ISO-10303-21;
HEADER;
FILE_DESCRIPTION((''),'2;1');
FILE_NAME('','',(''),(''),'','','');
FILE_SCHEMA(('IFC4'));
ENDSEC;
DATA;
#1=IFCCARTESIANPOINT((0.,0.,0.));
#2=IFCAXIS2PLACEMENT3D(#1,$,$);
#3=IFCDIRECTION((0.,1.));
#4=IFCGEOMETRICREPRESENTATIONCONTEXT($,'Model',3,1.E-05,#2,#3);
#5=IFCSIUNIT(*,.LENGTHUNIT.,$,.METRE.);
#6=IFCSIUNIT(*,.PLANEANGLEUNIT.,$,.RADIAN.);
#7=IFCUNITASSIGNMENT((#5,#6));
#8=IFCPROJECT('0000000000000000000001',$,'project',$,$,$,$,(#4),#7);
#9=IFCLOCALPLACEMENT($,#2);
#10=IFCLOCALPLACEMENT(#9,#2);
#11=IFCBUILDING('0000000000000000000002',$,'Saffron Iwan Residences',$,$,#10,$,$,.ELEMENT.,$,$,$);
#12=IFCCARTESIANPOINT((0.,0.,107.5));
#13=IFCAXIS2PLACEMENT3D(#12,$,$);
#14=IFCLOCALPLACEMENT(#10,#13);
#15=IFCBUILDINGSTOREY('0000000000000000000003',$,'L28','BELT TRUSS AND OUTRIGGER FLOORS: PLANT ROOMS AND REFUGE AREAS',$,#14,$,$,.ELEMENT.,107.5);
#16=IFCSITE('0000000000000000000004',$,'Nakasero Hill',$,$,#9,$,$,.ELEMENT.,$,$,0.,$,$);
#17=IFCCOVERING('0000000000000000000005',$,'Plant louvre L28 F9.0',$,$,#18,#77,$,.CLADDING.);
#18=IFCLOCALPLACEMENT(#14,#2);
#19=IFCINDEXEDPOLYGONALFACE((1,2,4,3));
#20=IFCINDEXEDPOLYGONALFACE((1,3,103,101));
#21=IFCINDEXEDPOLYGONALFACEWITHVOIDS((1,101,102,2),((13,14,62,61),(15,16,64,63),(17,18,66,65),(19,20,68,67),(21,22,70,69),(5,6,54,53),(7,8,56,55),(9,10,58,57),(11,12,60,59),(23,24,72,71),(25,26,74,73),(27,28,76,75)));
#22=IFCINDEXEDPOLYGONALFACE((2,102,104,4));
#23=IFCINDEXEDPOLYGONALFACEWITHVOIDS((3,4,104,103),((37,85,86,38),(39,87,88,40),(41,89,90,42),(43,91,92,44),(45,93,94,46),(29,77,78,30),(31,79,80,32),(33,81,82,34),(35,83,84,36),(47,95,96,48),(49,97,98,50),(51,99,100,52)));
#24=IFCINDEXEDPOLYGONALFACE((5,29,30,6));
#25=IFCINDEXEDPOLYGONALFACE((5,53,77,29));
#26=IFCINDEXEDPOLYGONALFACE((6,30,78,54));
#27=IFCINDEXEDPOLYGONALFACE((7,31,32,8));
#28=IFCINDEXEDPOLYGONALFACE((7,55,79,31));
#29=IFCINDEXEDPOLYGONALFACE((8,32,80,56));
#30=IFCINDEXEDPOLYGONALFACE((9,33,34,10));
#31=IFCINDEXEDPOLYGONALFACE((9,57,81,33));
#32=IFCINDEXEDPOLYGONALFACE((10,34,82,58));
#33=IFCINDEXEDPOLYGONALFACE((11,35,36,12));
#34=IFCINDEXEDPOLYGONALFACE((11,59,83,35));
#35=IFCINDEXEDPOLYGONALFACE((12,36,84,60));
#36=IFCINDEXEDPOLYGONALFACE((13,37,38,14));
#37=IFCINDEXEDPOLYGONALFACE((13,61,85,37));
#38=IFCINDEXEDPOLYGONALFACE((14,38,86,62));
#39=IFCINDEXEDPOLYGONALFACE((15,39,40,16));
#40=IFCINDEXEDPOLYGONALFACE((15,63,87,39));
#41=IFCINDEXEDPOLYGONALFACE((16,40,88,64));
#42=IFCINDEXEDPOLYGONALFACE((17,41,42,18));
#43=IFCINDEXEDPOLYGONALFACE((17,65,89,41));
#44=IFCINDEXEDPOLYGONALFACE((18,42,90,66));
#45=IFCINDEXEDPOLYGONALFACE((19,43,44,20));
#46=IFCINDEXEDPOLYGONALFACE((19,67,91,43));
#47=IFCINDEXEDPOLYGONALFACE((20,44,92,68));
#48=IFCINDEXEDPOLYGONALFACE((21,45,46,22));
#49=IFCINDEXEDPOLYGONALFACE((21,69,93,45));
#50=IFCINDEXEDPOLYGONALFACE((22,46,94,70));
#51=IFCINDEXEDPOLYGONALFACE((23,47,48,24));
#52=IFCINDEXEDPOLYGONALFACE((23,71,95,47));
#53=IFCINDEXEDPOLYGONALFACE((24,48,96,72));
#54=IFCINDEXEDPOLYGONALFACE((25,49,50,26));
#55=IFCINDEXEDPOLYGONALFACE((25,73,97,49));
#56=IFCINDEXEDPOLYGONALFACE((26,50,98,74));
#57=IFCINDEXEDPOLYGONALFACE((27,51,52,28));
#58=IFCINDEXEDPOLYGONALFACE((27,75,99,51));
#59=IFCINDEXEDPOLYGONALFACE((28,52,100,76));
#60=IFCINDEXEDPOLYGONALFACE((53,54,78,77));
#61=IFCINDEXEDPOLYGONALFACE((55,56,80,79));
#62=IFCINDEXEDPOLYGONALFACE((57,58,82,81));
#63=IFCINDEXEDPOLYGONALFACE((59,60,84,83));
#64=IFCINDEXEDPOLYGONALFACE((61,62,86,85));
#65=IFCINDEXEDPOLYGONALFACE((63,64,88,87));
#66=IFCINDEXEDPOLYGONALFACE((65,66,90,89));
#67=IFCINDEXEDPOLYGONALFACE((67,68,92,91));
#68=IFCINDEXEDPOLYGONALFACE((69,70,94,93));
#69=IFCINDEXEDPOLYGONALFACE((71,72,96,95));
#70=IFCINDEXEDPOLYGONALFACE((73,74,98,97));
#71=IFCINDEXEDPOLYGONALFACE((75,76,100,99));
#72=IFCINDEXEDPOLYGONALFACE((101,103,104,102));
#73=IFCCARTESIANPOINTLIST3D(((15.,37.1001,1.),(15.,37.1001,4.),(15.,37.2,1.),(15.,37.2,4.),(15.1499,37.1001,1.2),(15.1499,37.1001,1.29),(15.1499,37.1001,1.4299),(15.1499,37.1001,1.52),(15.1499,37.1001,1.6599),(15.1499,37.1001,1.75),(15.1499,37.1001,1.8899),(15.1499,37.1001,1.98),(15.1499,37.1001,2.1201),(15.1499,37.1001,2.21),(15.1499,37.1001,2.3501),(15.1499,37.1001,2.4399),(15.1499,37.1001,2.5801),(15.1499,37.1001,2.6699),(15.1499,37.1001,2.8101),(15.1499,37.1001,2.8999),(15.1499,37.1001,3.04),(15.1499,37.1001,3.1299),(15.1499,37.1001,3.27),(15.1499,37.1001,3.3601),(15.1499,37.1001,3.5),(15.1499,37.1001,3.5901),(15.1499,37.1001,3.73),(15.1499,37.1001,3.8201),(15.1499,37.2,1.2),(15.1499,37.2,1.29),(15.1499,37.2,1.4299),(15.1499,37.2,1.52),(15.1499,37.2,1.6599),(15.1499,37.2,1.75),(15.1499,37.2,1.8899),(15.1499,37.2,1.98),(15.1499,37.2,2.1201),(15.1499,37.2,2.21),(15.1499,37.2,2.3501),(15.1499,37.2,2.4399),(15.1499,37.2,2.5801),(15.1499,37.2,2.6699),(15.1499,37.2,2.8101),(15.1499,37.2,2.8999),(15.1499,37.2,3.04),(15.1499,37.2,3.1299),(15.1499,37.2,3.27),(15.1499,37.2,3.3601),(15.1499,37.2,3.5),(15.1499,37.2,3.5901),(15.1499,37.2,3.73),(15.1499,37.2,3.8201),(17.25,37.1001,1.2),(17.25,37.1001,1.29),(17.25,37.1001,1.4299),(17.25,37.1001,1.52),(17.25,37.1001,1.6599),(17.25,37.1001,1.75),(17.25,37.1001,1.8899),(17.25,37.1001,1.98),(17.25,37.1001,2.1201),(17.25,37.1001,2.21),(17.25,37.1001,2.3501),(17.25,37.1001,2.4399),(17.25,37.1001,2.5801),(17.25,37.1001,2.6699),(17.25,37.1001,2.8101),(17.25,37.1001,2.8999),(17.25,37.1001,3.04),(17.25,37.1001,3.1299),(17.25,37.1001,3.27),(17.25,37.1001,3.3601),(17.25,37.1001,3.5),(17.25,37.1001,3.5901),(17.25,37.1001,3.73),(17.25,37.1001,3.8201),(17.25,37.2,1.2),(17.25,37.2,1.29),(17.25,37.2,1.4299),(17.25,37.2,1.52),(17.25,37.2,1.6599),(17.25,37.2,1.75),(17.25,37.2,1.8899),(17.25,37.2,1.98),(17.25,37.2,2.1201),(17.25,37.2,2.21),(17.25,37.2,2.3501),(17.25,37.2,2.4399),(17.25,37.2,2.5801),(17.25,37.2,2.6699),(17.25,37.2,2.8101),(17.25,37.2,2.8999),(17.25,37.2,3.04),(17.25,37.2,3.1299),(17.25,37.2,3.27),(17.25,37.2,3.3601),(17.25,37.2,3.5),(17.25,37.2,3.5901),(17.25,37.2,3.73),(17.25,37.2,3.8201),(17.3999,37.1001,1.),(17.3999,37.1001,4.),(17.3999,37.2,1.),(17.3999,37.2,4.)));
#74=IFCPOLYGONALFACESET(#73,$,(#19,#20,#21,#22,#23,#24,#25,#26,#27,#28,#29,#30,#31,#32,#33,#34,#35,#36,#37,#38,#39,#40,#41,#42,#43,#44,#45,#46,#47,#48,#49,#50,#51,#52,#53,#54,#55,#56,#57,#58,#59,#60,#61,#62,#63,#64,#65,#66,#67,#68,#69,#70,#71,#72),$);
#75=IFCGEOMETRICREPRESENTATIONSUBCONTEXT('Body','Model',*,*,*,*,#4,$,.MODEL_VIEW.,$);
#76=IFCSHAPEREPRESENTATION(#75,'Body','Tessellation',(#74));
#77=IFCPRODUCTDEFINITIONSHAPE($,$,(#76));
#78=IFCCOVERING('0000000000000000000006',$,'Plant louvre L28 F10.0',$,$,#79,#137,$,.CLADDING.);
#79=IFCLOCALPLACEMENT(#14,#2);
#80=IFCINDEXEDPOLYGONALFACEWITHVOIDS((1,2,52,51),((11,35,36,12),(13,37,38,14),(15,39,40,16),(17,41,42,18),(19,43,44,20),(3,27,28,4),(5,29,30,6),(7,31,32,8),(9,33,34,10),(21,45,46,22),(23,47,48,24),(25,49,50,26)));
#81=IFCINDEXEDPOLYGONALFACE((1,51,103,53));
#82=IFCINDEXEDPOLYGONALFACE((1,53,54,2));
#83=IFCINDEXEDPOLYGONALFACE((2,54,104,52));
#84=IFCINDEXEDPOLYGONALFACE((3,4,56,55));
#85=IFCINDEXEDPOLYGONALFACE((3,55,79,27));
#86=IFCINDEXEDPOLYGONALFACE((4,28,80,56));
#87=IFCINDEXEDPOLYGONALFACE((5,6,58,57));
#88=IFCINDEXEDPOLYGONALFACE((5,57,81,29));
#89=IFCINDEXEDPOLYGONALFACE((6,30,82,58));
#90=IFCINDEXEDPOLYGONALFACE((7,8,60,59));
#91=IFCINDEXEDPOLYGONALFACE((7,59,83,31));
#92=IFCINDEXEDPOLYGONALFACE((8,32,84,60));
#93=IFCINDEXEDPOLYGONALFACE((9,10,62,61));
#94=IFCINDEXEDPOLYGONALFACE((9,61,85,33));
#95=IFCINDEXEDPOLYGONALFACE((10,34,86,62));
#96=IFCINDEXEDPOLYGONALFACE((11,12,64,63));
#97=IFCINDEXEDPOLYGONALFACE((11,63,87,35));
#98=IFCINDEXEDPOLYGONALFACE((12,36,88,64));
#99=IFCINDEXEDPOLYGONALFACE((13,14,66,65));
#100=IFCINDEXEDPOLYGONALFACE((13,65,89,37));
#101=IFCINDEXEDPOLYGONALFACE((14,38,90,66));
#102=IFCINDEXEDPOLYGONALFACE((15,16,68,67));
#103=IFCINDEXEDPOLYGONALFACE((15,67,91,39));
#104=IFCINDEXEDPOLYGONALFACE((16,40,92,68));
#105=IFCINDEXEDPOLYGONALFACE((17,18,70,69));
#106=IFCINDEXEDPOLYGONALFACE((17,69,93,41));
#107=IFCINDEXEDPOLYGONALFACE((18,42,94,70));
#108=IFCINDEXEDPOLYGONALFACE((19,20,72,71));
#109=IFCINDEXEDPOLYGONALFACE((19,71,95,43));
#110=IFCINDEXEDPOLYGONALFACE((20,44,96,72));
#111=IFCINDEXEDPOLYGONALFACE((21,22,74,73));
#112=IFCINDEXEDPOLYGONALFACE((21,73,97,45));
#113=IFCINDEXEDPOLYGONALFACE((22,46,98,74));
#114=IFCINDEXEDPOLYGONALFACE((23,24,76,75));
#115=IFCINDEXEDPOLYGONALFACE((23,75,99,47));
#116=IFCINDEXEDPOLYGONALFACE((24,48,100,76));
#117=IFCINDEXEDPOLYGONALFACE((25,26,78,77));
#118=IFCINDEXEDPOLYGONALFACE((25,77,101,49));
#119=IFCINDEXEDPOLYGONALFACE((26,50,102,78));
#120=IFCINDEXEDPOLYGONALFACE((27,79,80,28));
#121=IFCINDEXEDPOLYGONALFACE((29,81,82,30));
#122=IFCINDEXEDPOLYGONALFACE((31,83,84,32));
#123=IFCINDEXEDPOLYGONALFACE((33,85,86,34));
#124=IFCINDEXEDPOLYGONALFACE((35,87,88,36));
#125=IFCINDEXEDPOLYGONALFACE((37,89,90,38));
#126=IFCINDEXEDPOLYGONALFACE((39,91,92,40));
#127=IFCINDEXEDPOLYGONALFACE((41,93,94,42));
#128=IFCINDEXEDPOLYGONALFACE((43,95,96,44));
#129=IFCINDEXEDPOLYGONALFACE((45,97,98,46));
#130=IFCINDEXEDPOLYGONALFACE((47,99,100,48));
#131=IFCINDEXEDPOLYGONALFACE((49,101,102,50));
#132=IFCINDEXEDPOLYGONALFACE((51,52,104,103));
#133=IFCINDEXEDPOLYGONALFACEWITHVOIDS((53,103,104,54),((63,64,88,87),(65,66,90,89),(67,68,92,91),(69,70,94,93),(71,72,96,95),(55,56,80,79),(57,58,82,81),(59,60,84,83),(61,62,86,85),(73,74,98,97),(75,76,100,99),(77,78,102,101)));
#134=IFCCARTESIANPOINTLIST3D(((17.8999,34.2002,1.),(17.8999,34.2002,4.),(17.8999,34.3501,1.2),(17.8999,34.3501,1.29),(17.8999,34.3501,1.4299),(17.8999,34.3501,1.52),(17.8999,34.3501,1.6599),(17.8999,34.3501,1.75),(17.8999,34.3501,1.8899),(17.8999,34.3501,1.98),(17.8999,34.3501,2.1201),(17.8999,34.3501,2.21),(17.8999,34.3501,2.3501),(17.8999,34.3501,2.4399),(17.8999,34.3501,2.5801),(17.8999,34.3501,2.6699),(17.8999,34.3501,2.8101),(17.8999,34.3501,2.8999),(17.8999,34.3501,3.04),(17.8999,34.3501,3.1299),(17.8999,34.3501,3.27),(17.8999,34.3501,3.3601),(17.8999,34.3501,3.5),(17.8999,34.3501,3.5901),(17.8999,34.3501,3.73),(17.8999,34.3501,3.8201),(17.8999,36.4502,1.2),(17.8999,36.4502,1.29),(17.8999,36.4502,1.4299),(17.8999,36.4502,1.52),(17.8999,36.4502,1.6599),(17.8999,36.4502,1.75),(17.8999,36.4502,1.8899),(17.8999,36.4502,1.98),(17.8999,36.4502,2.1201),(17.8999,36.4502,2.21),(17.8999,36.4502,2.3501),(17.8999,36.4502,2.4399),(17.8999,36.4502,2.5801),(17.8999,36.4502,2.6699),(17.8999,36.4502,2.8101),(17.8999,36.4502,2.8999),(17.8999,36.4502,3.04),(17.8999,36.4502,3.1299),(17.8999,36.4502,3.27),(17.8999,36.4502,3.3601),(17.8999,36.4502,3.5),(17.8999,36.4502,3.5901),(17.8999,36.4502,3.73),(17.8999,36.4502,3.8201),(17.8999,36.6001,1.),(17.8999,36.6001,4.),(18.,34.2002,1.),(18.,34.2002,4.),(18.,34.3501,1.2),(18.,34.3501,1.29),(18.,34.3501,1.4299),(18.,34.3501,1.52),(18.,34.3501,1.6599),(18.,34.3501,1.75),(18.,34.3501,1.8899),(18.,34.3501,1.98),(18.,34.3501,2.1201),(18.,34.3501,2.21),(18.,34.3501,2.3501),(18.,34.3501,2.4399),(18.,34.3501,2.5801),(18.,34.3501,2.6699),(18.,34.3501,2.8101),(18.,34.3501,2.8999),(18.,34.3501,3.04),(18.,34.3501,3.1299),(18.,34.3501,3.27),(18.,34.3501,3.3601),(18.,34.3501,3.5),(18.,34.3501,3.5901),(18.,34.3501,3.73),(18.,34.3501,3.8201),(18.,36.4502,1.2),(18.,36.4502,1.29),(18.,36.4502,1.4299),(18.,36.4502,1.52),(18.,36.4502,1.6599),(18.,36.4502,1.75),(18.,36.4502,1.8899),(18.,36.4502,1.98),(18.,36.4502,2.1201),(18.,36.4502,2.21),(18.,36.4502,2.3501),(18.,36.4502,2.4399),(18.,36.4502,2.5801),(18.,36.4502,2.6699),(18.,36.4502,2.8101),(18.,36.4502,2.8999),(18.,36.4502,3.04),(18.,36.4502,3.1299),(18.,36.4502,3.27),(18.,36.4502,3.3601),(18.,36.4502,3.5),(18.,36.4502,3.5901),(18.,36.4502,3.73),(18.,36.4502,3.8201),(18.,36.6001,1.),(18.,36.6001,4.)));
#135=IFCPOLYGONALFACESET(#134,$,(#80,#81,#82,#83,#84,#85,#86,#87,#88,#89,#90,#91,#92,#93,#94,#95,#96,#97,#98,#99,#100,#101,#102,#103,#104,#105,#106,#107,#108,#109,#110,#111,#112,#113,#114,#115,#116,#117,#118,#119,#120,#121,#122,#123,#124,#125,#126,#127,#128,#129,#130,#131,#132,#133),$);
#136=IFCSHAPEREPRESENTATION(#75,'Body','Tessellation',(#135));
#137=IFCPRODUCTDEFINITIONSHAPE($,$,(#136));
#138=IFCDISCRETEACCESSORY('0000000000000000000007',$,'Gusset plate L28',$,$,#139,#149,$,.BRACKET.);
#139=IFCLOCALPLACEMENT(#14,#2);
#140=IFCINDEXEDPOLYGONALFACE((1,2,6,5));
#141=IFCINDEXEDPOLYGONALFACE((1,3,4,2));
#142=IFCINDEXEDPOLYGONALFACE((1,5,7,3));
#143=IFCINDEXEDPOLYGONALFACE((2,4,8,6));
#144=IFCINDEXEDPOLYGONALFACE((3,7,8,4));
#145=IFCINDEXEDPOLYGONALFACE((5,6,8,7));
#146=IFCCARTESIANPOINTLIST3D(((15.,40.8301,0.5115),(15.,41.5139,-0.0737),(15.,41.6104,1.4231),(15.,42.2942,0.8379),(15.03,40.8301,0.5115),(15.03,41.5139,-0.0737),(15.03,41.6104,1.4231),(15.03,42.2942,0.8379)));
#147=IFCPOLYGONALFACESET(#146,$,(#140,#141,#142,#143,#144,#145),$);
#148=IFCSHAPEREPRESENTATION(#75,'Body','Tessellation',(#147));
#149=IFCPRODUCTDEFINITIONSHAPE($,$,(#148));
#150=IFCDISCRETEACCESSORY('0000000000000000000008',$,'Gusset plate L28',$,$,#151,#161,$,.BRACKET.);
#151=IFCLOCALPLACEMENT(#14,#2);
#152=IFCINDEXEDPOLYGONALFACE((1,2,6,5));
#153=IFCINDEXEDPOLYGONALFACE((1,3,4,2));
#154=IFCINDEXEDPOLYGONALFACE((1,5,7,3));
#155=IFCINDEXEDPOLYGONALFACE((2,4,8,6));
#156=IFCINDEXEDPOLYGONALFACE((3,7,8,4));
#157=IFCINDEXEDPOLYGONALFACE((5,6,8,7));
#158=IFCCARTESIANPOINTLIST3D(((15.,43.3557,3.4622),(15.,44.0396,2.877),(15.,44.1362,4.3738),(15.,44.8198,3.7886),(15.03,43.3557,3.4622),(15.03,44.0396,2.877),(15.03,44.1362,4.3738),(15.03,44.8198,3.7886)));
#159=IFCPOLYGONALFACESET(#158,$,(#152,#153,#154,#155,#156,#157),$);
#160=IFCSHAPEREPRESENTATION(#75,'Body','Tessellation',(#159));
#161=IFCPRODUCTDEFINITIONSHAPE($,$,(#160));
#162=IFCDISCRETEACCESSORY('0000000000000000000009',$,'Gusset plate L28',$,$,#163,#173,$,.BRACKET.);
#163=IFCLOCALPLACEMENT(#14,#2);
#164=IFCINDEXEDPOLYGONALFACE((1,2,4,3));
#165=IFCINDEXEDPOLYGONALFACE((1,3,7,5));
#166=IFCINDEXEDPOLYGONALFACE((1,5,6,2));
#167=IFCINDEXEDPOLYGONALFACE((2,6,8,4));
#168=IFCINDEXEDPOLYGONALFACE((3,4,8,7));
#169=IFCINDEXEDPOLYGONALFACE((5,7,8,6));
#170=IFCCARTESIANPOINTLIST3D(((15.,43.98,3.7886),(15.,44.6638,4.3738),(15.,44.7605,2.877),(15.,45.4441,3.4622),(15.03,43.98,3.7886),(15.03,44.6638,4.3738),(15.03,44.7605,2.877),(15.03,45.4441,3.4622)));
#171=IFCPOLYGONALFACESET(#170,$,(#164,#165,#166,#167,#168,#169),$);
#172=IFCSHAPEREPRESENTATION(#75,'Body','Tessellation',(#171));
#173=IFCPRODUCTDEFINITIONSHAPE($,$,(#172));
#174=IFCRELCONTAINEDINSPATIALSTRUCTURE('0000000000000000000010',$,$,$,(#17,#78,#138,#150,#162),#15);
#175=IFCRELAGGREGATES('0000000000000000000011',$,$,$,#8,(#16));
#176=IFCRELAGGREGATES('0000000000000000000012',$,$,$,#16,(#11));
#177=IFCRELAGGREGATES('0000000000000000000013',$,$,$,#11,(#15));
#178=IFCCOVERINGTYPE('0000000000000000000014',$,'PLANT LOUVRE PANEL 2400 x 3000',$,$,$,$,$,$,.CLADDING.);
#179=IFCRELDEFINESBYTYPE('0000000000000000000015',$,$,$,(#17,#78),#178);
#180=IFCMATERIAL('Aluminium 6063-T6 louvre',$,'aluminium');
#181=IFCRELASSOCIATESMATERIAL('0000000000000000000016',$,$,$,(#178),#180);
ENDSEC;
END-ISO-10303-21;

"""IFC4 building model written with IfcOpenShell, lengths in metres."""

from ifc_helpers import new_model, si_unit, direction, frame, origin, place, context, subcontext, project, spatial, polyline, outline, extrude, material, type_object, element, save


model = new_model("IFC4")

# Units and contexts
model_context = context("Model", 3, precision=1e-05, world=origin(), true_north=direction((0.0, 1.0)))
body_context = subcontext(model_context, "Body", "Model", "MODEL_VIEW")
ifc_project = project(units=[si_unit("LENGTHUNIT", "METRE"), si_unit("PLANEANGLEUNIT", "RADIAN")], contexts=[model_context])

# Site, building, storey
site_placement = place(None, origin())
site = spatial("IfcSite", under=ifc_project, at=site_placement, Name="Nakasero Hill", CompositionType="ELEMENT", RefElevation=0.0)
building_placement = place(site_placement, origin())
building = spatial("IfcBuilding", under=site, at=building_placement, Name="Saffron Iwan Residences", CompositionType="ELEMENT")
storey_placement = place(building_placement, frame((0.0, 0.0, 107.5)))
storey = spatial("IfcBuildingStorey", under=building, at=storey_placement, Name="L28", Description="BELT TRUSS AND OUTRIGGER FLOORS: PLANT ROOMS AND REFUGE AREAS", CompositionType="ELEMENT", Elevation=107.5)

# Coverings
ifc_material_1 = material(Name="Aluminium 6063-T6 louvre", Category="aluminium")
covering_type_1 = type_object("IfcCoveringType", Name="PLANT LOUVRE PANEL 2400 x 3000", PredefinedType="CLADDING", material=ifc_material_1)
covering_1_placement = place(storey_placement, frame((15.0, 37.2, 1.0), z_axis=(0.0, -1.0, 0.0), x_axis=(1.0, 0.0, 0.0)))
element("IfcCovering", 1, at=covering_1_placement, inside=storey, type_object=covering_type_1, Name="Plant louvre L28 F9.0", PredefinedType="CLADDING", context=body_context, shape_type="SweptSolid", body=[
    extrude(outline(polyline([(0.0, 0.0), (2.3999, 0.0), (2.3999, 3.0), (0.0, 3.0), (0.0, 0.0)]), holes=[polyline([(0.1499, 0.2), (2.25, 0.2), (2.25, 0.29), (0.1499, 0.29), (0.1499, 0.2)]), polyline([(0.1499, 0.4299), (2.25, 0.4299), (2.25, 0.52), (0.1499, 0.52), (0.1499, 0.4299)]), polyline([(0.1499, 0.6599), (2.25, 0.6599), (2.25, 0.75), (0.1499, 0.75), (0.1499, 0.6599)]), polyline([(0.1499, 0.8899), (2.25, 0.8899), (2.25, 0.98), (0.1499, 0.98), (0.1499, 0.8899)]), polyline([(0.1499, 1.1201), (2.25, 1.1201), (2.25, 1.21), (0.1499, 1.21), (0.1499, 1.1201)]), polyline([(0.1499, 1.3501), (2.25, 1.3501), (2.25, 1.4399), (0.1499, 1.4399), (0.1499, 1.3501)]), polyline([(0.1499, 1.5801), (2.25, 1.5801), (2.25, 1.6699), (0.1499, 1.6699), (0.1499, 1.5801)]), polyline([(0.1499, 1.8101), (2.25, 1.8101), (2.25, 1.8999), (0.1499, 1.8999), (0.1499, 1.8101)]), polyline([(0.1499, 2.04), (2.25, 2.04), (2.25, 2.1299), (0.1499, 2.1299), (0.1499, 2.04)]), polyline([(0.1499, 2.27), (2.25, 2.27), (2.25, 2.3601), (0.1499, 2.3601), (0.1499, 2.27)]), polyline([(0.1499, 2.5), (2.25, 2.5), (2.25, 2.5901), (0.1499, 2.5901), (0.1499, 2.5)]), polyline([(0.1499, 2.73), (2.25, 2.73), (2.25, 2.8201), (0.1499, 2.8201), (0.1499, 2.73)])]), origin(), (0.0, 0.0, 1.0), 0.0999),
])
covering_2_placement = place(storey_placement, frame((18.0, 36.6001, 1.0), z_axis=(-1.0, 0.0, 0.0), x_axis=(0.0, -1.0, 0.0)))
element("IfcCovering", 2, at=covering_2_placement, inside=storey, type_object=covering_type_1, Name="Plant louvre L28 F10.0", PredefinedType="CLADDING", context=body_context, shape_type="SweptSolid", body=[
    extrude(outline(polyline([(0.0, 0.0), (2.3999, 0.0), (2.3999, 3.0), (0.0, 3.0), (0.0, 0.0)]), holes=[polyline([(0.1499, 0.2), (2.25, 0.2), (2.25, 0.29), (0.1499, 0.29), (0.1499, 0.2)]), polyline([(0.1499, 0.4299), (2.25, 0.4299), (2.25, 0.52), (0.1499, 0.52), (0.1499, 0.4299)]), polyline([(0.1499, 0.6599), (2.25, 0.6599), (2.25, 0.75), (0.1499, 0.75), (0.1499, 0.6599)]), polyline([(0.1499, 0.8899), (2.25, 0.8899), (2.25, 0.98), (0.1499, 0.98), (0.1499, 0.8899)]), polyline([(0.1499, 1.1201), (2.25, 1.1201), (2.25, 1.21), (0.1499, 1.21), (0.1499, 1.1201)]), polyline([(0.1499, 1.3501), (2.25, 1.3501), (2.25, 1.4399), (0.1499, 1.4399), (0.1499, 1.3501)]), polyline([(0.1499, 1.5801), (2.25, 1.5801), (2.25, 1.6699), (0.1499, 1.6699), (0.1499, 1.5801)]), polyline([(0.1499, 1.8101), (2.25, 1.8101), (2.25, 1.8999), (0.1499, 1.8999), (0.1499, 1.8101)]), polyline([(0.1499, 2.04), (2.25, 2.04), (2.25, 2.1299), (0.1499, 2.1299), (0.1499, 2.04)]), polyline([(0.1499, 2.27), (2.25, 2.27), (2.25, 2.3601), (0.1499, 2.3601), (0.1499, 2.27)]), polyline([(0.1499, 2.5), (2.25, 2.5), (2.25, 2.5901), (0.1499, 2.5901), (0.1499, 2.5)]), polyline([(0.1499, 2.73), (2.25, 2.73), (2.25, 2.8201), (0.1499, 2.8201), (0.1499, 2.73)])]), origin(), (0.0, 0.0, 1.0), 0.1001),
])

# Discrete accessories
discrete_accessory_1_placement = place(storey_placement, frame((15.0, 40.8301, 0.5115), z_axis=(-1.0, 0.0, 0.0), x_axis=(0.0, 0.650255, 0.759716)))
element("IfcDiscreteAccessory", 3, at=discrete_accessory_1_placement, inside=storey, Name="Gusset plate L28", PredefinedType="BRACKET", context=body_context, shape_type="SweptSolid", body=[
    extrude(outline(polyline([(0.0, 0.0), (1.1999, 0.0), (1.2, 0.9001), (0.0001, 0.9001), (0.0, 0.0)])), origin(), (0.0, 0.0, -1.0), 0.03),
])
discrete_accessory_2_placement = place(storey_placement, frame((15.0, 44.8198, 3.7886), z_axis=(-1.0, 0.0, 0.0), x_axis=(0.0, -0.650255, -0.759716)))
element("IfcDiscreteAccessory", 4, at=discrete_accessory_2_placement, inside=storey, Name="Gusset plate L28", PredefinedType="BRACKET", context=body_context, shape_type="SweptSolid", body=[
    extrude(outline(polyline([(0.0, 0.0), (1.1999, 0.0), (1.2, 0.9001), (-0.0001, 0.8999), (0.0, 0.0)])), origin(), (0.0, 0.0, -1.0), 0.03),
])
discrete_accessory_3_placement = place(storey_placement, frame((15.0, 44.6638, 4.3738), z_axis=(-1.0, 0.0, 0.0), x_axis=(0.0, 0.650255, -0.759716)))
element("IfcDiscreteAccessory", 5, at=discrete_accessory_3_placement, inside=storey, Name="Gusset plate L28", PredefinedType="BRACKET", context=body_context, shape_type="SweptSolid", body=[
    extrude(outline(polyline([(0.0, 0.0), (1.1999, 0.0), (1.2, 0.8999), (-0.0001, 0.9001), (0.0, 0.0)])), origin(), (0.0, 0.0, -1.0), 0.03),
])

save(model, "model.ifc")
